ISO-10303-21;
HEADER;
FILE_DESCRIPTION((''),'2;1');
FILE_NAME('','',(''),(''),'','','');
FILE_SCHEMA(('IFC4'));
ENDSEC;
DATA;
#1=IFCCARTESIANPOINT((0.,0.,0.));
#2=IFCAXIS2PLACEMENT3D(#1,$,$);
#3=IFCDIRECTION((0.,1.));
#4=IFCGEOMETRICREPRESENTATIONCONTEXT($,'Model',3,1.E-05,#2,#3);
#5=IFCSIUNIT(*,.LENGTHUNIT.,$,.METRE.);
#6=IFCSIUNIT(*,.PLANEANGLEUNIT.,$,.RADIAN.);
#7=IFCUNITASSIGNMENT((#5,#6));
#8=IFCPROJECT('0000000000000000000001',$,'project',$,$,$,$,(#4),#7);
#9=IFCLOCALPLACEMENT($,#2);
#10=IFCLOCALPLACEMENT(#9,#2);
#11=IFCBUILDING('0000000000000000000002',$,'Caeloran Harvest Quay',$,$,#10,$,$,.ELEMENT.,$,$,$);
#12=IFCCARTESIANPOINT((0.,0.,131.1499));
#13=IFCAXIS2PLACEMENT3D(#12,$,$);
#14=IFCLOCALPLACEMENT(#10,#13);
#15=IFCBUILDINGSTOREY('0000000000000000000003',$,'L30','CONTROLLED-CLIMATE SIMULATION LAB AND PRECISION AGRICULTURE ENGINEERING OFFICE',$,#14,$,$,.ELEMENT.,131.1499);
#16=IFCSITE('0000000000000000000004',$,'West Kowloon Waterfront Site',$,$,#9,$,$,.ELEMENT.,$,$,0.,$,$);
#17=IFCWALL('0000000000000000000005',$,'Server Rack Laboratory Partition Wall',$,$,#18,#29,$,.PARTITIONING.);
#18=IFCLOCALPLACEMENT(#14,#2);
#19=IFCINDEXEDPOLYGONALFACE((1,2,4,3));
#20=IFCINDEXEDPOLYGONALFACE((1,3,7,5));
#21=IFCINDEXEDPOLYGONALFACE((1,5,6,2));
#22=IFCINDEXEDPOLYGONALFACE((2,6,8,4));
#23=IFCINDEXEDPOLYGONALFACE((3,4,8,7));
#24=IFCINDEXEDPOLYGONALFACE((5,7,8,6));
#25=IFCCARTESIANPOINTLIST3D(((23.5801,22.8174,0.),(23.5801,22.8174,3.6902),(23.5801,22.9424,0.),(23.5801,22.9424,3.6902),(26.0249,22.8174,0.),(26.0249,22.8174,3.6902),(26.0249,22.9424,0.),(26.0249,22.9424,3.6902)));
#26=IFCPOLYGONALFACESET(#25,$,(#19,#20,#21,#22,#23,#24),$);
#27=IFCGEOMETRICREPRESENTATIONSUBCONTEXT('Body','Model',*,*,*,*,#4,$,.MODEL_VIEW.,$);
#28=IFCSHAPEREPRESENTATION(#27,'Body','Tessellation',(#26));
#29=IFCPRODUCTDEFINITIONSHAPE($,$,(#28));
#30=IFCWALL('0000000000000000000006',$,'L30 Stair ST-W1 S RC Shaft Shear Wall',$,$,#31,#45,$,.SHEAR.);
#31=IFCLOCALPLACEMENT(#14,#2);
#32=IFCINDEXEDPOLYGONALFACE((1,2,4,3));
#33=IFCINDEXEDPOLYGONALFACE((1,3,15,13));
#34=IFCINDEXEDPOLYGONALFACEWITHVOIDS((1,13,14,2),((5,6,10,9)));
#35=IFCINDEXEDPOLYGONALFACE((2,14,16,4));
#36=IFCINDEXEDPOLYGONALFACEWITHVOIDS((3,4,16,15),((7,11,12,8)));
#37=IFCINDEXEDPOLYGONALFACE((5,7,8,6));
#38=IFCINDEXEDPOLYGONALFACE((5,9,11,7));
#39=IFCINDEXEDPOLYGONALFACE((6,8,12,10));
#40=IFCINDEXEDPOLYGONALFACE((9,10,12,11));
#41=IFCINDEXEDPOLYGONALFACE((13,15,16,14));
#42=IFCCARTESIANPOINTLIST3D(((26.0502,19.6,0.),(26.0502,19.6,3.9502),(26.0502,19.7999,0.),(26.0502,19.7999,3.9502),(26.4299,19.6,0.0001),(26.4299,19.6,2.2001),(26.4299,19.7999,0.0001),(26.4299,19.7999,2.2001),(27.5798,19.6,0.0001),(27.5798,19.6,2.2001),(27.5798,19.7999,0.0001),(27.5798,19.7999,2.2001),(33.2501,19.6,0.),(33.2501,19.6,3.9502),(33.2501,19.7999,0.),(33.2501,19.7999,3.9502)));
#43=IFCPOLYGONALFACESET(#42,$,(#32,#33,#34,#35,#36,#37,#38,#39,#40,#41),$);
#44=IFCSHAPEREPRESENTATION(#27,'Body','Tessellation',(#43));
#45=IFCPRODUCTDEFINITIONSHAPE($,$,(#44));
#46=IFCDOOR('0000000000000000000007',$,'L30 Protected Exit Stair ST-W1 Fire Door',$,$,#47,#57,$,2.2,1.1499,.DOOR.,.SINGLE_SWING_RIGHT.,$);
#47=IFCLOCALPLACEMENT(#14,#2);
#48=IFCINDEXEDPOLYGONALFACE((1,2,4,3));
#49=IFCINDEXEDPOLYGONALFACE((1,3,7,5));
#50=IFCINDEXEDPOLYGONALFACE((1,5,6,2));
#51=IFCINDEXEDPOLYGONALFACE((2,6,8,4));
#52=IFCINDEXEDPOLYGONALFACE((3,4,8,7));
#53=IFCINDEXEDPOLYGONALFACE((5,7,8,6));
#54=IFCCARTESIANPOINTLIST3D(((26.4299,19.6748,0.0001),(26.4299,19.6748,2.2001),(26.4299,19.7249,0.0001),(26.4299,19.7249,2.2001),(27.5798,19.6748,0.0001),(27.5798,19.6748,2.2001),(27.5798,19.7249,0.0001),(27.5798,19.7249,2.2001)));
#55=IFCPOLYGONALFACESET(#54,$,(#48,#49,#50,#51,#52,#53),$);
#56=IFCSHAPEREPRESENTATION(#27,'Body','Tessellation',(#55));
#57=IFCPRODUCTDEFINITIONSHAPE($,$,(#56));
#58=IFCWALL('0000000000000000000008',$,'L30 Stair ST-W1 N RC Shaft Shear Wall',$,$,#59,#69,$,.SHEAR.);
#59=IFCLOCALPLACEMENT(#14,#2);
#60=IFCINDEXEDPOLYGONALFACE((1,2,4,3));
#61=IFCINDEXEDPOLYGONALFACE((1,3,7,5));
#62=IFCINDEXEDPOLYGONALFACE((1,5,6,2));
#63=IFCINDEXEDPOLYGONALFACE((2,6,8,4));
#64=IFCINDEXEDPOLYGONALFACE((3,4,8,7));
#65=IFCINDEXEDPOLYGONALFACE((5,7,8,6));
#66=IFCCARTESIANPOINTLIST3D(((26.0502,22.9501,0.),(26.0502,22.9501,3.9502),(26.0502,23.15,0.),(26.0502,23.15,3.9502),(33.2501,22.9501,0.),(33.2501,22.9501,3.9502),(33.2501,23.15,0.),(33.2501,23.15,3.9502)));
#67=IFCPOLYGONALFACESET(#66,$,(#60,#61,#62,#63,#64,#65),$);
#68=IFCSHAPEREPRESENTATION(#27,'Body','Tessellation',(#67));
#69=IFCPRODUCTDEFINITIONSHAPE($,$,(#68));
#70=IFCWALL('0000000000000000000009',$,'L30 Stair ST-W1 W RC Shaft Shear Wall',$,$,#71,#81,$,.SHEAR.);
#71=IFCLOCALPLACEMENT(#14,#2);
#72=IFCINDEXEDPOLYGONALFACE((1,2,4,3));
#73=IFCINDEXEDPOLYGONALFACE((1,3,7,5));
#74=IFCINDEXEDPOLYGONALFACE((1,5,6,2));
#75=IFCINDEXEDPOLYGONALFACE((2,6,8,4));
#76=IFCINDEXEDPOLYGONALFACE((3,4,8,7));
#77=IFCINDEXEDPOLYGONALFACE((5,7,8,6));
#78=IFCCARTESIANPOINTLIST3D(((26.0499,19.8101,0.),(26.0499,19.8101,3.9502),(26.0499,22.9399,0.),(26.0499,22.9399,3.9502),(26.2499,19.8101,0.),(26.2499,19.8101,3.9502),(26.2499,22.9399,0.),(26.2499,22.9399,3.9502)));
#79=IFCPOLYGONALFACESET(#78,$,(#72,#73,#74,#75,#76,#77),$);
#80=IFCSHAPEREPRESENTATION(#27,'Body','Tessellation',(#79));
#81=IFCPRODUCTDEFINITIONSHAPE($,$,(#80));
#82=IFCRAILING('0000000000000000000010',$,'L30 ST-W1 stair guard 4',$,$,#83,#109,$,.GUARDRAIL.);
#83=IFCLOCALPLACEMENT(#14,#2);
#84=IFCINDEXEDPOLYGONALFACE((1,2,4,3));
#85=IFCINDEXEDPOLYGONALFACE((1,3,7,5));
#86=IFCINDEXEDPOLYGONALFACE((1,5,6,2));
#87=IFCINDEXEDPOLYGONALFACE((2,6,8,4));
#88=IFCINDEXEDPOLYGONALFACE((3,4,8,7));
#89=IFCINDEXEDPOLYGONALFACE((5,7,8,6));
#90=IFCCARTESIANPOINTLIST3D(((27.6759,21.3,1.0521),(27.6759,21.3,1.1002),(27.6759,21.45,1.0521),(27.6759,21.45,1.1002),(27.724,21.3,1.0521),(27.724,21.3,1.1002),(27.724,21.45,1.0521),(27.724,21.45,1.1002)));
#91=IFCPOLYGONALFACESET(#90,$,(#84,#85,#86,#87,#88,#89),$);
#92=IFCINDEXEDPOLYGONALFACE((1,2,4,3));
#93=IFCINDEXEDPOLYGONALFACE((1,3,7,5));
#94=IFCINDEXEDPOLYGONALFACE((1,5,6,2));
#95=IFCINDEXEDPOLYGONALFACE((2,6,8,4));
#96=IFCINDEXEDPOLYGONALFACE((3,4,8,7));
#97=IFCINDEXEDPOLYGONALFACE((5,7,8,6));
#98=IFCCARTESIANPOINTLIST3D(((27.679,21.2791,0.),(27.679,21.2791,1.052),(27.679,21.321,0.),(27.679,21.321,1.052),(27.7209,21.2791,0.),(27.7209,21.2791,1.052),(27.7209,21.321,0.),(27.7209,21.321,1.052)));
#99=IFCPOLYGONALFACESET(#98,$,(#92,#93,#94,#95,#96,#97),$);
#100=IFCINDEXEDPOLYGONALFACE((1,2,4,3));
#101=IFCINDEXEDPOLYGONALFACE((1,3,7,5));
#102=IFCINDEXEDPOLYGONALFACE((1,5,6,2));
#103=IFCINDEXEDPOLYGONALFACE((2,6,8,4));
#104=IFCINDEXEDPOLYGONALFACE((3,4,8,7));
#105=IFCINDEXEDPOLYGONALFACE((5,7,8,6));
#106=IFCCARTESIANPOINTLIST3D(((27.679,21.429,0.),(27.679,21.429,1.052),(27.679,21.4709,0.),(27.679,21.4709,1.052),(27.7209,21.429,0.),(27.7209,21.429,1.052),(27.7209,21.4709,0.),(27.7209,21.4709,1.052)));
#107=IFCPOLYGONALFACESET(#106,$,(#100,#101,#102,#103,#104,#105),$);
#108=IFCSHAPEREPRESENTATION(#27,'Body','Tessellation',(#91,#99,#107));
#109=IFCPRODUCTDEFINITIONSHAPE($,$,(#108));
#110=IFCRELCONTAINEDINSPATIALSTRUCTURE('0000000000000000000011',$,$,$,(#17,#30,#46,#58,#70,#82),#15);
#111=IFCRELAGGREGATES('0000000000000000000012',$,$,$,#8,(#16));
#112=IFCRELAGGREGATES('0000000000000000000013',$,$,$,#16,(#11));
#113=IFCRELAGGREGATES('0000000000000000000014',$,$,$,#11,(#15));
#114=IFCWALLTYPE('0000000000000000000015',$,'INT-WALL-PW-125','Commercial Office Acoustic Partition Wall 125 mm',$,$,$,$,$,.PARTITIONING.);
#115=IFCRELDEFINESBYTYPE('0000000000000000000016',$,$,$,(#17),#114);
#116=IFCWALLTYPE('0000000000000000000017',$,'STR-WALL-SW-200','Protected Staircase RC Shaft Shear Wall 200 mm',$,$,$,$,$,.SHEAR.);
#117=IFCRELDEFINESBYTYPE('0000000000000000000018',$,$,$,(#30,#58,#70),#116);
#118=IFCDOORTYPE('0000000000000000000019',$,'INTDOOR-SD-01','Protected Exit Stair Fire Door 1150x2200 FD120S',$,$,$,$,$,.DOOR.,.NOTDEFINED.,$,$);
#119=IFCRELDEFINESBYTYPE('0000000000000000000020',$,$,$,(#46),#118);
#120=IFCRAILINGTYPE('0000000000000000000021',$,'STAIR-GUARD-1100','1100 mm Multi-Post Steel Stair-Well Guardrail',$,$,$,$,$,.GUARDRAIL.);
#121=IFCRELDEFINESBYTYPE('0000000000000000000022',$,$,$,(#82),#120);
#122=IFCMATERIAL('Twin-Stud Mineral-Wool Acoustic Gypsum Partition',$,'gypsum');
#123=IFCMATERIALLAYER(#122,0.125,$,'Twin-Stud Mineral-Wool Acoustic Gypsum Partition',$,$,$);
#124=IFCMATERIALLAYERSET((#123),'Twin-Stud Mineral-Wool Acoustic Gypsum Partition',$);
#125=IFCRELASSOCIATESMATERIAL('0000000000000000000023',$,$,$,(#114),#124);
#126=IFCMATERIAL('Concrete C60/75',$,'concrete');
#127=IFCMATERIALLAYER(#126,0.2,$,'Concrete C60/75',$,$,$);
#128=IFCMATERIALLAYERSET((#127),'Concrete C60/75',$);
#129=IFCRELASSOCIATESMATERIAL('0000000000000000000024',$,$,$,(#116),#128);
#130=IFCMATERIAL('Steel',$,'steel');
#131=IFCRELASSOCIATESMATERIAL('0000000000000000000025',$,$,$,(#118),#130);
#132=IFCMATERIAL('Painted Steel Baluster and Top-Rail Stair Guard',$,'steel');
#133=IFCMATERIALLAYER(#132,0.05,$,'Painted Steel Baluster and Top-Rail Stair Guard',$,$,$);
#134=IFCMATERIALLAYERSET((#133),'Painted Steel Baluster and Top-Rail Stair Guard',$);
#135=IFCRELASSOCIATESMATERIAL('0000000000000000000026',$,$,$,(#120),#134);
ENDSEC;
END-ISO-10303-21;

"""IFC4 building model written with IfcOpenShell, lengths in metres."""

from ifc_helpers import new_model, si_unit, direction, frame, frame_2d, origin, origin_2d, place, context, subcontext, project, spatial, rectangle, extrude, material, layer, layer_set, type_object, element, fill, save


model = new_model("IFC4")

# Units and contexts
model_context = context("Model", 3, precision=1e-05, world=origin(), true_north=direction((0.0, 1.0)))
body_context = subcontext(model_context, "Body", "Model", "MODEL_VIEW")
ifc_project = project(units=[si_unit("LENGTHUNIT", "METRE"), si_unit("PLANEANGLEUNIT", "RADIAN")], contexts=[model_context])

# Site, building, storey
site_placement = place(None, origin())
site = spatial("IfcSite", under=ifc_project, at=site_placement, Name="West Kowloon Waterfront Site", CompositionType="ELEMENT", RefElevation=0.0)
building_placement = place(site_placement, origin())
building = spatial("IfcBuilding", under=site, at=building_placement, Name="Caeloran Harvest Quay", CompositionType="ELEMENT")
storey_placement = place(building_placement, frame((0.0, 0.0, 131.1499)))
storey = spatial("IfcBuildingStorey", under=building, at=storey_placement, Name="L30", Description="CONTROLLED-CLIMATE SIMULATION LAB AND PRECISION AGRICULTURE ENGINEERING OFFICE", CompositionType="ELEMENT", Elevation=131.1499)

# Wall
ifc_material_1 = material(Name="Twin-Stud Mineral-Wool Acoustic Gypsum Partition", Category="gypsum")
ifc_layer_1 = layer(ifc_material_1, 0.125, Name="Twin-Stud Mineral-Wool Acoustic Gypsum Partition")
ifc_layer_set_1 = layer_set([ifc_layer_1], Name="Twin-Stud Mineral-Wool Acoustic Gypsum Partition")
wall_type_1 = type_object("IfcWallType", Name="INT-WALL-PW-125", Description="Commercial Office Acoustic Partition Wall 125 mm", PredefinedType="PARTITIONING", material=ifc_layer_set_1)
wall_1_placement = place(storey_placement, frame((26.0249, 22.8799, 0.0), z_axis=(0.0, 0.0, 1.0), x_axis=(-1.0, 0.0, 0.0)))
element("IfcWall", 1, at=wall_1_placement, inside=storey, type_object=wall_type_1, Name="Server Rack Laboratory Partition Wall", PredefinedType="PARTITIONING", context=body_context, shape_type="SweptSolid", body=[
    extrude(rectangle(XDim=2.4448, YDim=0.125, at=frame_2d((1.2224, 0.0))), origin(), (0.0, 0.0, 1.0), 3.6902),
])

# Wall, opening, door
ifc_material_2 = material(Name="Concrete C60/75", Category="concrete")
ifc_layer_2 = layer(ifc_material_2, 0.2, Name="Concrete C60/75")
ifc_layer_set_2 = layer_set([ifc_layer_2], Name="Concrete C60/75")
wall_type_2 = type_object("IfcWallType", Name="STR-WALL-SW-200", Description="Protected Staircase RC Shaft Shear Wall 200 mm", PredefinedType="SHEAR", material=ifc_layer_set_2)
wall_2_placement = place(storey_placement, frame((26.05, 19.7, 0.0), z_axis=(0.0, 0.0, 1.0), x_axis=(1.0, 0.0, 0.0)))
wall_2 = element("IfcWall", 2, at=wall_2_placement, inside=storey, type_object=wall_type_2, Name="L30 Stair ST-W1 S RC Shaft Shear Wall", PredefinedType="SHEAR", context=body_context, shape_type="SweptSolid", body=[
    extrude(rectangle(XDim=7.2, YDim=0.2, at=frame_2d((3.6001, 0.0))), origin(), (0.0, 0.0, 1.0), 3.9502),
])
opening_placement = place(wall_2_placement, frame((0.3799, 0.0, 0.0)))
opening = element("IfcOpeningElement", 3, at=opening_placement, cuts=wall_2, PredefinedType="OPENING", context=body_context, shape_type="SweptSolid", body=[
    extrude(rectangle(XDim=1.1499, YDim=2.2, at=frame_2d((0.575, 1.1001))), frame((0.0, 0.1099, 0.0), z_axis=(0.0, -1.0, 0.0), x_axis=(1.0, 0.0, 0.0)), (0.0, 0.0, 1.0), 0.22),
])
ifc_material_3 = material(Name="Steel", Category="steel")
door_type = type_object("IfcDoorType", Name="INTDOOR-SD-01", Description="Protected Exit Stair Fire Door 1150x2200 FD120S", OperationType="NOTDEFINED", PredefinedType="DOOR", material=ifc_material_3)
door_placement = place(opening_placement, origin())
door = element("IfcDoor", 4, at=door_placement, inside=storey, type_object=door_type, Name="L30 Protected Exit Stair ST-W1 Fire Door", OperationType="SINGLE_SWING_RIGHT", OverallHeight=2.2, OverallWidth=1.1499, PredefinedType="DOOR", context=body_context, shape_type="SweptSolid", body=[
    extrude(rectangle(XDim=1.1499, YDim=2.2, at=frame_2d((0.575, 1.1001))), frame((0.0, 0.0249, 0.0), z_axis=(0.0, -1.0, 0.0), x_axis=(1.0, 0.0, 0.0)), (0.0, 0.0, 1.0), 0.05),
])
fill(opening, door)

# Walls
wall_3_placement = place(storey_placement, frame((26.05, 23.05, 0.0), z_axis=(0.0, 0.0, 1.0), x_axis=(1.0, 0.0, 0.0)))
element("IfcWall", 5, at=wall_3_placement, inside=storey, type_object=wall_type_2, Name="L30 Stair ST-W1 N RC Shaft Shear Wall", PredefinedType="SHEAR", context=body_context, shape_type="SweptSolid", body=[
    extrude(rectangle(XDim=7.2, YDim=0.2, at=frame_2d((3.6001, 0.0))), origin(), (0.0, 0.0, 1.0), 3.9502),
])
wall_4_placement = place(storey_placement, frame((26.1499, 19.8101, 0.0), z_axis=(0.0, 0.0, 1.0), x_axis=(0.0, 1.0, 0.0)))
element("IfcWall", 6, at=wall_4_placement, inside=storey, type_object=wall_type_2, Name="L30 Stair ST-W1 W RC Shaft Shear Wall", PredefinedType="SHEAR", context=body_context, shape_type="SweptSolid", body=[
    extrude(rectangle(XDim=3.1299, YDim=0.2, at=frame_2d((1.5649, 0.0))), origin(), (0.0, 0.0, 1.0), 3.9502),
])

# Railing
ifc_material_4 = material(Name="Painted Steel Baluster and Top-Rail Stair Guard", Category="steel")
ifc_layer_3 = layer(ifc_material_4, 0.05, Name="Painted Steel Baluster and Top-Rail Stair Guard")
ifc_layer_set_3 = layer_set([ifc_layer_3], Name="Painted Steel Baluster and Top-Rail Stair Guard")
railing_type = type_object("IfcRailingType", Name="STAIR-GUARD-1100", Description="1100 mm Multi-Post Steel Stair-Well Guardrail", PredefinedType="GUARDRAIL", material=ifc_layer_set_3)
railing_placement = place(storey_placement, frame((27.7, 21.3, 0.0)))
element("IfcRailing", 7, at=railing_placement, inside=storey, type_object=railing_type, Name="L30 ST-W1 stair guard 4", PredefinedType="GUARDRAIL", context=body_context, shape_type="SweptSolid", body=[
    extrude(rectangle(XDim=0.0481, YDim=0.0481, at=origin_2d()), frame((0.0, 0.0, 1.0762), z_axis=(0.0, 1.0, 0.0), x_axis=(-1.0, 0.0, 0.0)), (0.0, 0.0, 1.0), 0.1499),
    extrude(rectangle(XDim=0.042, YDim=0.042, at=origin_2d()), origin(), (0.0, 0.0, 1.0), 1.052),
    extrude(rectangle(XDim=0.042, YDim=0.042, at=origin_2d()), frame((0.0, 0.1499, 0.0)), (0.0, 0.0, 1.0), 1.052),
])

save(model, "model.ifc")
